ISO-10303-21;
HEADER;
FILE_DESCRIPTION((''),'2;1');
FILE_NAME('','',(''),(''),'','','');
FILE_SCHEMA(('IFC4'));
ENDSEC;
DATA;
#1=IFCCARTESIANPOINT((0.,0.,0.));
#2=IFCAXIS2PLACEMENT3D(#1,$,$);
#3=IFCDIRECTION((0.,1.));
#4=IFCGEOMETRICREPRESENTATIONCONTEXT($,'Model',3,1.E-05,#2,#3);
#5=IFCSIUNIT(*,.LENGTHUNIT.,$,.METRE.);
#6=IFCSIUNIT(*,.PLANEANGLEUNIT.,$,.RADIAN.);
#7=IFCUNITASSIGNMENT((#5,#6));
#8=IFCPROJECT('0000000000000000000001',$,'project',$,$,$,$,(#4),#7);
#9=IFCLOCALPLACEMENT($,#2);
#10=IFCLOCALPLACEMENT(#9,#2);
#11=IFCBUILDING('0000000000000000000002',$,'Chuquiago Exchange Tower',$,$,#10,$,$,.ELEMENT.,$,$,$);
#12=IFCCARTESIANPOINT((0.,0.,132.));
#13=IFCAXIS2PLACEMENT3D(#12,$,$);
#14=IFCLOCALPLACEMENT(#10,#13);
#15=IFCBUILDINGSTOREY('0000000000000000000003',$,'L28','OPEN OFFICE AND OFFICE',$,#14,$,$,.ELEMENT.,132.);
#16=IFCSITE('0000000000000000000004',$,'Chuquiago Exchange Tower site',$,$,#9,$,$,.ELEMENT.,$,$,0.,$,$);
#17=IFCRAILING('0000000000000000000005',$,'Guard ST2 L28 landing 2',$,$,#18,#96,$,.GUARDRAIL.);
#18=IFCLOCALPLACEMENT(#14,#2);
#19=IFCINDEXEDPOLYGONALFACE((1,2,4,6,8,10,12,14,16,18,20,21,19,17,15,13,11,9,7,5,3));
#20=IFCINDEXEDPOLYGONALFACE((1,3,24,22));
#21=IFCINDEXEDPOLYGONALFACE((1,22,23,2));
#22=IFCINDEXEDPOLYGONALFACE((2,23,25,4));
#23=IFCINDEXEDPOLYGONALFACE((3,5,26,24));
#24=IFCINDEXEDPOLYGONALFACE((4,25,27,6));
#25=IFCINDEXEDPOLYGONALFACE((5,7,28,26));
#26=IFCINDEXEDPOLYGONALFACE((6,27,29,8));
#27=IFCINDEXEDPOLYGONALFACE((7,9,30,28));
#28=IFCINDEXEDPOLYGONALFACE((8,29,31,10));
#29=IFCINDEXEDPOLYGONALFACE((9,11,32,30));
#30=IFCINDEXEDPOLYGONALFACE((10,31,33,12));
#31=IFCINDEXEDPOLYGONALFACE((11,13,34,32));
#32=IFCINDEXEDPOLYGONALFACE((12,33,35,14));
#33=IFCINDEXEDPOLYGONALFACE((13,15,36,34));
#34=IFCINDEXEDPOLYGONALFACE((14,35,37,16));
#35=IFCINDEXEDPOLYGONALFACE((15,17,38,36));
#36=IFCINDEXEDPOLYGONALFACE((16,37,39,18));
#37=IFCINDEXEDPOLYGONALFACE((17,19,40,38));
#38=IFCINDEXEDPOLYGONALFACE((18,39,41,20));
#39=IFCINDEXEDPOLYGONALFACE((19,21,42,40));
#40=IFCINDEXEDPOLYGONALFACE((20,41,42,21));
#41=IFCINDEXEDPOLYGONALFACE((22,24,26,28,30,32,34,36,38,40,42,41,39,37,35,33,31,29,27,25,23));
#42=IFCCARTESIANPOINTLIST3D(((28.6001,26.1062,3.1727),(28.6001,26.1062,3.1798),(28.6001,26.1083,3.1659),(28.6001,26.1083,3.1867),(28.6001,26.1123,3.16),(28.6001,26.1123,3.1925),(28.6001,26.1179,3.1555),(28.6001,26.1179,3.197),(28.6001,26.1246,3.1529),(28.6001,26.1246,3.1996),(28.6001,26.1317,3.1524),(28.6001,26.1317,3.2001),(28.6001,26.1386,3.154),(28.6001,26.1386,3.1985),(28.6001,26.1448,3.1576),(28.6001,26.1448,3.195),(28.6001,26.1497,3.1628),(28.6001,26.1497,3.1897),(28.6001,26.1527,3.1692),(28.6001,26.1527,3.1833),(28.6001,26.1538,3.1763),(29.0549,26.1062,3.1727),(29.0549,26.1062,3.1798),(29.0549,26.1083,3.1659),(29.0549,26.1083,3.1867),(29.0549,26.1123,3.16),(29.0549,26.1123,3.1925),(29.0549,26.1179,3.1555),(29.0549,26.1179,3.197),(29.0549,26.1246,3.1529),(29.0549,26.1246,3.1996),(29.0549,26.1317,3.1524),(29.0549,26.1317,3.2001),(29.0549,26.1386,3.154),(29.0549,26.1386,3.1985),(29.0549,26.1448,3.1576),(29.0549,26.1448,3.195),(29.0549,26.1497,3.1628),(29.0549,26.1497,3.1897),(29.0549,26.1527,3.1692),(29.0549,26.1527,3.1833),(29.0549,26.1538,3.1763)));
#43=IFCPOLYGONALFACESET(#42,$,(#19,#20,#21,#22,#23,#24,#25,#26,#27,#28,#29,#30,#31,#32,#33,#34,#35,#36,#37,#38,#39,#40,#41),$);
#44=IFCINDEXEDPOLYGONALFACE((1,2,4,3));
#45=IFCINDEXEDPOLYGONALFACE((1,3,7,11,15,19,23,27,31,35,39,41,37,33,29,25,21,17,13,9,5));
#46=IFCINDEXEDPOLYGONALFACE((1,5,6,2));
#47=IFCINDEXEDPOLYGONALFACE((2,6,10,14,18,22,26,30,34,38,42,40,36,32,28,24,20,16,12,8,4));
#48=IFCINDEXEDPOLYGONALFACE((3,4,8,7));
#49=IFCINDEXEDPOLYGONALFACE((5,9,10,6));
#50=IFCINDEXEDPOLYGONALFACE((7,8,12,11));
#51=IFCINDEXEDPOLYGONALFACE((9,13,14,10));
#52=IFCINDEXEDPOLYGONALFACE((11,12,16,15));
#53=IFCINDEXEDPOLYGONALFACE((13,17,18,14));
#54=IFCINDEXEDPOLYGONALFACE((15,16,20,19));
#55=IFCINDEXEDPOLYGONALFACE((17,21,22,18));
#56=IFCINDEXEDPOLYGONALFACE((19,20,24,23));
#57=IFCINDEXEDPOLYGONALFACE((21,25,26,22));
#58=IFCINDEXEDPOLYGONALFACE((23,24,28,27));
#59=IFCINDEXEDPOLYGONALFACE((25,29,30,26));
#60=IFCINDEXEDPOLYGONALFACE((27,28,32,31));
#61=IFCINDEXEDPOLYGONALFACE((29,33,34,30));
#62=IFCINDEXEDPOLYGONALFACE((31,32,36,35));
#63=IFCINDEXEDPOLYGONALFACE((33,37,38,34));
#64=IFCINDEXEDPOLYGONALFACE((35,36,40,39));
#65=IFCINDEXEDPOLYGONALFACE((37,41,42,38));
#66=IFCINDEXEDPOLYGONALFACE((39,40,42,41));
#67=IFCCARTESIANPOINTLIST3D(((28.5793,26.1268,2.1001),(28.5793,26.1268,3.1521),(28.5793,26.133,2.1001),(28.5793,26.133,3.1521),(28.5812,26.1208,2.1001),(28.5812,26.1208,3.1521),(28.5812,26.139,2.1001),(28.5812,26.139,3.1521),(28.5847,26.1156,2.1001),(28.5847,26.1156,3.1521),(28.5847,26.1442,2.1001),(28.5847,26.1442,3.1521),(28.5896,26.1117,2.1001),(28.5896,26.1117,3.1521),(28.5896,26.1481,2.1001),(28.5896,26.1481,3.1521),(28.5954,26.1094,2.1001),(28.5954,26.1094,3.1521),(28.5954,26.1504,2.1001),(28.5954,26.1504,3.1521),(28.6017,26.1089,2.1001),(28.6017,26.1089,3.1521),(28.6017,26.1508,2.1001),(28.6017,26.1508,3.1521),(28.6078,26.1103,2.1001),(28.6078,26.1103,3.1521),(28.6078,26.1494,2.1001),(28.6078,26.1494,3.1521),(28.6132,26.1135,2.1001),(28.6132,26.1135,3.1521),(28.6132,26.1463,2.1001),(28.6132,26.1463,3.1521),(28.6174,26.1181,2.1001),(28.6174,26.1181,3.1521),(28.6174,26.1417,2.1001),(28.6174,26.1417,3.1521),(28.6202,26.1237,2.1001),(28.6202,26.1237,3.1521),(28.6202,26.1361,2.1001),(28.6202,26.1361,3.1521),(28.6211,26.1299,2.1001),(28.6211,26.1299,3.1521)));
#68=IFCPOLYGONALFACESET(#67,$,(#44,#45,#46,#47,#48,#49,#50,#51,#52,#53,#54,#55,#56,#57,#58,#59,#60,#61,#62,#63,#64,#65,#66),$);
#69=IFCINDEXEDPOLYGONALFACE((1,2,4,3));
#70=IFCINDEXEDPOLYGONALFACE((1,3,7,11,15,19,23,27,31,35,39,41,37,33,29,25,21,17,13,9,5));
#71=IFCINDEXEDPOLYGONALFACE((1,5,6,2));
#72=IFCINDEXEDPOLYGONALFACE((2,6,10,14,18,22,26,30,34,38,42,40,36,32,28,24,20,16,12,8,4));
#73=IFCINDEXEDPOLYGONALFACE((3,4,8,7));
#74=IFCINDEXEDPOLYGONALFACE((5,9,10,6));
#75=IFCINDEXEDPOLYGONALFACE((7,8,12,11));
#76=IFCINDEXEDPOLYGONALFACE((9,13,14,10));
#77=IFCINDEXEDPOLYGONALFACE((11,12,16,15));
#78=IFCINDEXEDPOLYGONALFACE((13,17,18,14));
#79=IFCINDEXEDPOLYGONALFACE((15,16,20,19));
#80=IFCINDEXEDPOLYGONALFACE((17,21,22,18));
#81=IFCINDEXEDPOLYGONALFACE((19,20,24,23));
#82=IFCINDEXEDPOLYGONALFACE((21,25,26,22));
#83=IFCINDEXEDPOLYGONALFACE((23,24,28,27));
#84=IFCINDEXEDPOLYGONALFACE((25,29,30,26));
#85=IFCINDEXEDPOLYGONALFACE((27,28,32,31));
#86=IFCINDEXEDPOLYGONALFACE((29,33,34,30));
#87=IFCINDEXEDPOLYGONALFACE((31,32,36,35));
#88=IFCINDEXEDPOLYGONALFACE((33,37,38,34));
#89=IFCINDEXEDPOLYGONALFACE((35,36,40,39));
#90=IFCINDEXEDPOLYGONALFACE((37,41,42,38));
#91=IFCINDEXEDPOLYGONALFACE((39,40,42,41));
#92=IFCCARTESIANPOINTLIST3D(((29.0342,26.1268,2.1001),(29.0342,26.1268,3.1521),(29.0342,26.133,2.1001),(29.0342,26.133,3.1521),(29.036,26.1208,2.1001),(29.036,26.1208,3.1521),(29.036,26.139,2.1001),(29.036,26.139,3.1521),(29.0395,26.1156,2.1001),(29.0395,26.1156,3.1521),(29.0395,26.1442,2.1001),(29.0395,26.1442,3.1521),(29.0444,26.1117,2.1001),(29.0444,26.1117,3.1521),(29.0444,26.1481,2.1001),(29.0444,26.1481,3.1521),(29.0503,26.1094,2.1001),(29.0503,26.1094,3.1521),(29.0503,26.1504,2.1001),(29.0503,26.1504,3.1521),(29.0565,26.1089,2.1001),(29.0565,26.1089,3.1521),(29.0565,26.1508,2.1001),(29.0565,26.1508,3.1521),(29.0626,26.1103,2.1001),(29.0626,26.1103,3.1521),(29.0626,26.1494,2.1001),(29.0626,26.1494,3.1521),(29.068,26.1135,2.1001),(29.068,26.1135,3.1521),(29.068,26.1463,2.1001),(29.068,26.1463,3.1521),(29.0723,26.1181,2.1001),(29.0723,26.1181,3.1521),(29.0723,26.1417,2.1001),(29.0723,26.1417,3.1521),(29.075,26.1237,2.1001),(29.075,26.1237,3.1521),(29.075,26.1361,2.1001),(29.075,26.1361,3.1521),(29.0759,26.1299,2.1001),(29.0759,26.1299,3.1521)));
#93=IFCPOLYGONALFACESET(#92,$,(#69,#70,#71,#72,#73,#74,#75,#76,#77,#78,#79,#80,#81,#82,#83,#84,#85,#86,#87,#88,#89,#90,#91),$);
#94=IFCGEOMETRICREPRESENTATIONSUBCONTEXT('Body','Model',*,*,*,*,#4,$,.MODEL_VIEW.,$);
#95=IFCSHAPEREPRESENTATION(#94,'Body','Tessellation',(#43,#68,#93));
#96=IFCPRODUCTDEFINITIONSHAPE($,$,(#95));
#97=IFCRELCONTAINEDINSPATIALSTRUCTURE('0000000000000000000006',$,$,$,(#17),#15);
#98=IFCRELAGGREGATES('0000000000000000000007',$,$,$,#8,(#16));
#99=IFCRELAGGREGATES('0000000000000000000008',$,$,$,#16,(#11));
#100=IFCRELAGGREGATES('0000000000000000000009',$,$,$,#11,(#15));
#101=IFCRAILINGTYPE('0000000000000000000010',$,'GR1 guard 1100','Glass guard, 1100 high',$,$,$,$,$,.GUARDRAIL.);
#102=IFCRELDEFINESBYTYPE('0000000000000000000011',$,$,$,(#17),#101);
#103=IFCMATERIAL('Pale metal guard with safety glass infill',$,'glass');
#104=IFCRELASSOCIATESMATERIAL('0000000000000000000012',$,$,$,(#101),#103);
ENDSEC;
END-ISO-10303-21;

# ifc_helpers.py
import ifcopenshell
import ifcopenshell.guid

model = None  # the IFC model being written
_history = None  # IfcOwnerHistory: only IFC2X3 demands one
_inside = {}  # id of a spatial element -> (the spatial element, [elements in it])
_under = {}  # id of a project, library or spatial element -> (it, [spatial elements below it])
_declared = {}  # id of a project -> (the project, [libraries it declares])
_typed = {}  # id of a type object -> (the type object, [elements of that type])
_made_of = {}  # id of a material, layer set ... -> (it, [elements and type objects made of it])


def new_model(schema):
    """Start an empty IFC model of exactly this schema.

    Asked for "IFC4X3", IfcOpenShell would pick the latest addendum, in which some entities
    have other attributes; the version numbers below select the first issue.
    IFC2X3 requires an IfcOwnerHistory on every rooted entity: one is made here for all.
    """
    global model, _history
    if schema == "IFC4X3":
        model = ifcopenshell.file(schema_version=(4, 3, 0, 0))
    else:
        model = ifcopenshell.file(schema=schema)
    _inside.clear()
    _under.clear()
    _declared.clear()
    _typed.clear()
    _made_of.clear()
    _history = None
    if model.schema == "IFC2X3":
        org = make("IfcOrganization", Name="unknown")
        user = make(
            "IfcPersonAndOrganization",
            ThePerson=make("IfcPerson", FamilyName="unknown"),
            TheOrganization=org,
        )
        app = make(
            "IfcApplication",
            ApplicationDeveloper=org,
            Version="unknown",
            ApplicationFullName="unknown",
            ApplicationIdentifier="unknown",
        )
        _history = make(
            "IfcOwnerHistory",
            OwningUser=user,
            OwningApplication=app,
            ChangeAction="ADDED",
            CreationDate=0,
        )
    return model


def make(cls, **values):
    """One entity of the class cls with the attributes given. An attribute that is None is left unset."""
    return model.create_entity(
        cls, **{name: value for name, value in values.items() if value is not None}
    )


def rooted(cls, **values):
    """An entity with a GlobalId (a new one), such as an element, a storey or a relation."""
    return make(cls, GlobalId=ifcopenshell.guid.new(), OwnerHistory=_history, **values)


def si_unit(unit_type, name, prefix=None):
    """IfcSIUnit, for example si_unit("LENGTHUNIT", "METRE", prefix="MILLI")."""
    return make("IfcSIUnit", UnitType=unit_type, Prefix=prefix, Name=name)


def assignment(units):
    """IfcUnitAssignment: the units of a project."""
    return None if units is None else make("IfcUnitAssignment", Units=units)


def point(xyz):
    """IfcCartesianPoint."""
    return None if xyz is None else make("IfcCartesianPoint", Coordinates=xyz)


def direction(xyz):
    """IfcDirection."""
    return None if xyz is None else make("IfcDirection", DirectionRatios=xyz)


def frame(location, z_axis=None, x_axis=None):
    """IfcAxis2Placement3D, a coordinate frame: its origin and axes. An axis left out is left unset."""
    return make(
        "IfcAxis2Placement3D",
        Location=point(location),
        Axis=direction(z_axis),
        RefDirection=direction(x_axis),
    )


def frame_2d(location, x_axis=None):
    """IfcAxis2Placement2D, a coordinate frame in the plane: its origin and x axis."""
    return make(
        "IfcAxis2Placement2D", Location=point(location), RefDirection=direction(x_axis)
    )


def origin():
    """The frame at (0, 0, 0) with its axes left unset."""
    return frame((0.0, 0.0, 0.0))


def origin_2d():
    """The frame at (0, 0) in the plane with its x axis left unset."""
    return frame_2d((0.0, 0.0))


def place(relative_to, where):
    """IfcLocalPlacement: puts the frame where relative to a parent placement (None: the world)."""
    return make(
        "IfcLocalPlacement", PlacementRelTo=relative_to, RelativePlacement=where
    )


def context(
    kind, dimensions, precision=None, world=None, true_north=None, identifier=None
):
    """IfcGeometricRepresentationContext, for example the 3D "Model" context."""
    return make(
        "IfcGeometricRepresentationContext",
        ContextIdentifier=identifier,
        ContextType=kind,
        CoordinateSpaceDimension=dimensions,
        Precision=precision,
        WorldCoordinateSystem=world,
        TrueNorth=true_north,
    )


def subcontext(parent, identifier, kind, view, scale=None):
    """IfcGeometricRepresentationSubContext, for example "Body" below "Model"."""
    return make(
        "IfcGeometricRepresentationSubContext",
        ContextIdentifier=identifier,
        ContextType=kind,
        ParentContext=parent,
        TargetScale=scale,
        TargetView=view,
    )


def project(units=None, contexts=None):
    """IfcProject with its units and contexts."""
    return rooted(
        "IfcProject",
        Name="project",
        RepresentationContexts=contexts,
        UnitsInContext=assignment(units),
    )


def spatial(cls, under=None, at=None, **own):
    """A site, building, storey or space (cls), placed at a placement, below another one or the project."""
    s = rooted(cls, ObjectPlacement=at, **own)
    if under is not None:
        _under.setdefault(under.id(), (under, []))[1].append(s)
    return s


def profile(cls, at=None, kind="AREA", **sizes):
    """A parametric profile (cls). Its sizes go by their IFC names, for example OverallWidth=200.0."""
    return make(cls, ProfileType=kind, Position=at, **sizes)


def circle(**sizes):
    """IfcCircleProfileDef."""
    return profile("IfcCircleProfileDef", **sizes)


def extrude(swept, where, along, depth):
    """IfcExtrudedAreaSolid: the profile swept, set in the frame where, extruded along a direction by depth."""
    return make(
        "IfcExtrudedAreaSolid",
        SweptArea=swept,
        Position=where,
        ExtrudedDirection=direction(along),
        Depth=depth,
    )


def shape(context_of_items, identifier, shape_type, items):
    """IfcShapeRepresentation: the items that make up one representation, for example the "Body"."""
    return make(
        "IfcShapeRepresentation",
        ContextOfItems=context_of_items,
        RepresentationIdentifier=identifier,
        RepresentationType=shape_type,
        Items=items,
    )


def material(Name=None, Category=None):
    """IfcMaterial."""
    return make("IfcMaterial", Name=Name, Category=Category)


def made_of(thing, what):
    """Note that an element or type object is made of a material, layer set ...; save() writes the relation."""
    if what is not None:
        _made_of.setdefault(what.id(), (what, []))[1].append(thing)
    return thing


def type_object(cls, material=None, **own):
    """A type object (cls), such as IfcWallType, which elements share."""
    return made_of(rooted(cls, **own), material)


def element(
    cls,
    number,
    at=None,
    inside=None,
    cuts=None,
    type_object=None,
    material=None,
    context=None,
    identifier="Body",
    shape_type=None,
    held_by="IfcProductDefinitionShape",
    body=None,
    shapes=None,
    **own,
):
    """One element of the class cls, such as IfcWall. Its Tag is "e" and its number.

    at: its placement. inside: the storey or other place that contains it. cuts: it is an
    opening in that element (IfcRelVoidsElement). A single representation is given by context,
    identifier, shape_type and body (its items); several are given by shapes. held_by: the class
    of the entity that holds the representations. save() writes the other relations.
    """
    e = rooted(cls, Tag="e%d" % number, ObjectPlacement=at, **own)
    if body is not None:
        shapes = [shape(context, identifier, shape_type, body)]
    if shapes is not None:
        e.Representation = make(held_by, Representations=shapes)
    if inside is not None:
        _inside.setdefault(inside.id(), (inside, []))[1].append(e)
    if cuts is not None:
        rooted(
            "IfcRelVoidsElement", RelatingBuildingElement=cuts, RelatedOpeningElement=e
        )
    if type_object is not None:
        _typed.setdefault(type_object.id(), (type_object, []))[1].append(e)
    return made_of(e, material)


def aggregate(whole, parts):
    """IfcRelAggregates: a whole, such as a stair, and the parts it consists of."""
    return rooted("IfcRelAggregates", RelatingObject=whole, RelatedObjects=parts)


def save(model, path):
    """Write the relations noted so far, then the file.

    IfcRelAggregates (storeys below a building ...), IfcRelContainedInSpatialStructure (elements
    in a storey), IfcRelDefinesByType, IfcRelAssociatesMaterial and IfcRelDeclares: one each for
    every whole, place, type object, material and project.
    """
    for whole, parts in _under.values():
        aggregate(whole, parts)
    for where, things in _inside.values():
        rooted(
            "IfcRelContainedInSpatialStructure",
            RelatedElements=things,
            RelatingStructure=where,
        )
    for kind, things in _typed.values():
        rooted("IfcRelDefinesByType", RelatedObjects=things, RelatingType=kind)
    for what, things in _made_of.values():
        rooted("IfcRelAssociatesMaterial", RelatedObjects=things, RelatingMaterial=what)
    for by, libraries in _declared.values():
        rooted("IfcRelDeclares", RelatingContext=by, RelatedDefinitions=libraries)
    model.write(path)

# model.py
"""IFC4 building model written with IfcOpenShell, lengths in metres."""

from ifc_helpers import new_model, si_unit, direction, frame, origin, origin_2d, place, context, subcontext, project, spatial, circle, extrude, material, type_object, element, save


model = new_model("IFC4")

# Units and contexts
model_context = context("Model", 3, precision=1e-05, world=origin(), true_north=direction((0.0, 1.0)))
body_context = subcontext(model_context, "Body", "Model", "MODEL_VIEW")
ifc_project = project(units=[si_unit("LENGTHUNIT", "METRE"), si_unit("PLANEANGLEUNIT", "RADIAN")], contexts=[model_context])

# Site, building, storey
site_placement = place(None, origin())
site = spatial("IfcSite", under=ifc_project, at=site_placement, Name="Chuquiago Exchange Tower site", CompositionType="ELEMENT", RefElevation=0.0)
building_placement = place(site_placement, origin())
building = spatial("IfcBuilding", under=site, at=building_placement, Name="Chuquiago Exchange Tower", CompositionType="ELEMENT")
storey_placement = place(building_placement, frame((0.0, 0.0, 132.0)))
storey = spatial("IfcBuildingStorey", under=building, at=storey_placement, Name="L28", Description="OPEN OFFICE AND OFFICE", CompositionType="ELEMENT", Elevation=132.0)

# Railing
ifc_material_1 = material(Name="Pale metal guard with safety glass infill", Category="glass")
railing_type_1 = type_object("IfcRailingType", Name="GR1 guard 1100", Description="Glass guard, 1100 high", PredefinedType="GUARDRAIL", material=ifc_material_1)
railing_1_placement = place(storey_placement, frame((28.6001, 26.1299, 2.1001)))
element("IfcRailing", 1, at=railing_1_placement, inside=storey, type_object=railing_type_1, Name="Guard ST2 L28 landing 2", PredefinedType="GUARDRAIL", context=body_context, shape_type="SweptSolid", body=[
    extrude(circle(Radius=0.0239, at=origin_2d()), frame((0.0, 0.0, 1.0762), z_axis=(1.0, 0.0, 0.0), x_axis=(0.0, 1.0, 0.0)), (0.0, 0.0, 1.0), 0.4548),
    extrude(circle(Radius=0.021, at=origin_2d()), origin(), (0.0, 0.0, 1.0), 1.052),
    extrude(circle(Radius=0.021, at=origin_2d()), frame((0.4548, 0.0, 0.0)), (0.0, 0.0, 1.0), 1.052),
])

save(model, "model.ifc")
